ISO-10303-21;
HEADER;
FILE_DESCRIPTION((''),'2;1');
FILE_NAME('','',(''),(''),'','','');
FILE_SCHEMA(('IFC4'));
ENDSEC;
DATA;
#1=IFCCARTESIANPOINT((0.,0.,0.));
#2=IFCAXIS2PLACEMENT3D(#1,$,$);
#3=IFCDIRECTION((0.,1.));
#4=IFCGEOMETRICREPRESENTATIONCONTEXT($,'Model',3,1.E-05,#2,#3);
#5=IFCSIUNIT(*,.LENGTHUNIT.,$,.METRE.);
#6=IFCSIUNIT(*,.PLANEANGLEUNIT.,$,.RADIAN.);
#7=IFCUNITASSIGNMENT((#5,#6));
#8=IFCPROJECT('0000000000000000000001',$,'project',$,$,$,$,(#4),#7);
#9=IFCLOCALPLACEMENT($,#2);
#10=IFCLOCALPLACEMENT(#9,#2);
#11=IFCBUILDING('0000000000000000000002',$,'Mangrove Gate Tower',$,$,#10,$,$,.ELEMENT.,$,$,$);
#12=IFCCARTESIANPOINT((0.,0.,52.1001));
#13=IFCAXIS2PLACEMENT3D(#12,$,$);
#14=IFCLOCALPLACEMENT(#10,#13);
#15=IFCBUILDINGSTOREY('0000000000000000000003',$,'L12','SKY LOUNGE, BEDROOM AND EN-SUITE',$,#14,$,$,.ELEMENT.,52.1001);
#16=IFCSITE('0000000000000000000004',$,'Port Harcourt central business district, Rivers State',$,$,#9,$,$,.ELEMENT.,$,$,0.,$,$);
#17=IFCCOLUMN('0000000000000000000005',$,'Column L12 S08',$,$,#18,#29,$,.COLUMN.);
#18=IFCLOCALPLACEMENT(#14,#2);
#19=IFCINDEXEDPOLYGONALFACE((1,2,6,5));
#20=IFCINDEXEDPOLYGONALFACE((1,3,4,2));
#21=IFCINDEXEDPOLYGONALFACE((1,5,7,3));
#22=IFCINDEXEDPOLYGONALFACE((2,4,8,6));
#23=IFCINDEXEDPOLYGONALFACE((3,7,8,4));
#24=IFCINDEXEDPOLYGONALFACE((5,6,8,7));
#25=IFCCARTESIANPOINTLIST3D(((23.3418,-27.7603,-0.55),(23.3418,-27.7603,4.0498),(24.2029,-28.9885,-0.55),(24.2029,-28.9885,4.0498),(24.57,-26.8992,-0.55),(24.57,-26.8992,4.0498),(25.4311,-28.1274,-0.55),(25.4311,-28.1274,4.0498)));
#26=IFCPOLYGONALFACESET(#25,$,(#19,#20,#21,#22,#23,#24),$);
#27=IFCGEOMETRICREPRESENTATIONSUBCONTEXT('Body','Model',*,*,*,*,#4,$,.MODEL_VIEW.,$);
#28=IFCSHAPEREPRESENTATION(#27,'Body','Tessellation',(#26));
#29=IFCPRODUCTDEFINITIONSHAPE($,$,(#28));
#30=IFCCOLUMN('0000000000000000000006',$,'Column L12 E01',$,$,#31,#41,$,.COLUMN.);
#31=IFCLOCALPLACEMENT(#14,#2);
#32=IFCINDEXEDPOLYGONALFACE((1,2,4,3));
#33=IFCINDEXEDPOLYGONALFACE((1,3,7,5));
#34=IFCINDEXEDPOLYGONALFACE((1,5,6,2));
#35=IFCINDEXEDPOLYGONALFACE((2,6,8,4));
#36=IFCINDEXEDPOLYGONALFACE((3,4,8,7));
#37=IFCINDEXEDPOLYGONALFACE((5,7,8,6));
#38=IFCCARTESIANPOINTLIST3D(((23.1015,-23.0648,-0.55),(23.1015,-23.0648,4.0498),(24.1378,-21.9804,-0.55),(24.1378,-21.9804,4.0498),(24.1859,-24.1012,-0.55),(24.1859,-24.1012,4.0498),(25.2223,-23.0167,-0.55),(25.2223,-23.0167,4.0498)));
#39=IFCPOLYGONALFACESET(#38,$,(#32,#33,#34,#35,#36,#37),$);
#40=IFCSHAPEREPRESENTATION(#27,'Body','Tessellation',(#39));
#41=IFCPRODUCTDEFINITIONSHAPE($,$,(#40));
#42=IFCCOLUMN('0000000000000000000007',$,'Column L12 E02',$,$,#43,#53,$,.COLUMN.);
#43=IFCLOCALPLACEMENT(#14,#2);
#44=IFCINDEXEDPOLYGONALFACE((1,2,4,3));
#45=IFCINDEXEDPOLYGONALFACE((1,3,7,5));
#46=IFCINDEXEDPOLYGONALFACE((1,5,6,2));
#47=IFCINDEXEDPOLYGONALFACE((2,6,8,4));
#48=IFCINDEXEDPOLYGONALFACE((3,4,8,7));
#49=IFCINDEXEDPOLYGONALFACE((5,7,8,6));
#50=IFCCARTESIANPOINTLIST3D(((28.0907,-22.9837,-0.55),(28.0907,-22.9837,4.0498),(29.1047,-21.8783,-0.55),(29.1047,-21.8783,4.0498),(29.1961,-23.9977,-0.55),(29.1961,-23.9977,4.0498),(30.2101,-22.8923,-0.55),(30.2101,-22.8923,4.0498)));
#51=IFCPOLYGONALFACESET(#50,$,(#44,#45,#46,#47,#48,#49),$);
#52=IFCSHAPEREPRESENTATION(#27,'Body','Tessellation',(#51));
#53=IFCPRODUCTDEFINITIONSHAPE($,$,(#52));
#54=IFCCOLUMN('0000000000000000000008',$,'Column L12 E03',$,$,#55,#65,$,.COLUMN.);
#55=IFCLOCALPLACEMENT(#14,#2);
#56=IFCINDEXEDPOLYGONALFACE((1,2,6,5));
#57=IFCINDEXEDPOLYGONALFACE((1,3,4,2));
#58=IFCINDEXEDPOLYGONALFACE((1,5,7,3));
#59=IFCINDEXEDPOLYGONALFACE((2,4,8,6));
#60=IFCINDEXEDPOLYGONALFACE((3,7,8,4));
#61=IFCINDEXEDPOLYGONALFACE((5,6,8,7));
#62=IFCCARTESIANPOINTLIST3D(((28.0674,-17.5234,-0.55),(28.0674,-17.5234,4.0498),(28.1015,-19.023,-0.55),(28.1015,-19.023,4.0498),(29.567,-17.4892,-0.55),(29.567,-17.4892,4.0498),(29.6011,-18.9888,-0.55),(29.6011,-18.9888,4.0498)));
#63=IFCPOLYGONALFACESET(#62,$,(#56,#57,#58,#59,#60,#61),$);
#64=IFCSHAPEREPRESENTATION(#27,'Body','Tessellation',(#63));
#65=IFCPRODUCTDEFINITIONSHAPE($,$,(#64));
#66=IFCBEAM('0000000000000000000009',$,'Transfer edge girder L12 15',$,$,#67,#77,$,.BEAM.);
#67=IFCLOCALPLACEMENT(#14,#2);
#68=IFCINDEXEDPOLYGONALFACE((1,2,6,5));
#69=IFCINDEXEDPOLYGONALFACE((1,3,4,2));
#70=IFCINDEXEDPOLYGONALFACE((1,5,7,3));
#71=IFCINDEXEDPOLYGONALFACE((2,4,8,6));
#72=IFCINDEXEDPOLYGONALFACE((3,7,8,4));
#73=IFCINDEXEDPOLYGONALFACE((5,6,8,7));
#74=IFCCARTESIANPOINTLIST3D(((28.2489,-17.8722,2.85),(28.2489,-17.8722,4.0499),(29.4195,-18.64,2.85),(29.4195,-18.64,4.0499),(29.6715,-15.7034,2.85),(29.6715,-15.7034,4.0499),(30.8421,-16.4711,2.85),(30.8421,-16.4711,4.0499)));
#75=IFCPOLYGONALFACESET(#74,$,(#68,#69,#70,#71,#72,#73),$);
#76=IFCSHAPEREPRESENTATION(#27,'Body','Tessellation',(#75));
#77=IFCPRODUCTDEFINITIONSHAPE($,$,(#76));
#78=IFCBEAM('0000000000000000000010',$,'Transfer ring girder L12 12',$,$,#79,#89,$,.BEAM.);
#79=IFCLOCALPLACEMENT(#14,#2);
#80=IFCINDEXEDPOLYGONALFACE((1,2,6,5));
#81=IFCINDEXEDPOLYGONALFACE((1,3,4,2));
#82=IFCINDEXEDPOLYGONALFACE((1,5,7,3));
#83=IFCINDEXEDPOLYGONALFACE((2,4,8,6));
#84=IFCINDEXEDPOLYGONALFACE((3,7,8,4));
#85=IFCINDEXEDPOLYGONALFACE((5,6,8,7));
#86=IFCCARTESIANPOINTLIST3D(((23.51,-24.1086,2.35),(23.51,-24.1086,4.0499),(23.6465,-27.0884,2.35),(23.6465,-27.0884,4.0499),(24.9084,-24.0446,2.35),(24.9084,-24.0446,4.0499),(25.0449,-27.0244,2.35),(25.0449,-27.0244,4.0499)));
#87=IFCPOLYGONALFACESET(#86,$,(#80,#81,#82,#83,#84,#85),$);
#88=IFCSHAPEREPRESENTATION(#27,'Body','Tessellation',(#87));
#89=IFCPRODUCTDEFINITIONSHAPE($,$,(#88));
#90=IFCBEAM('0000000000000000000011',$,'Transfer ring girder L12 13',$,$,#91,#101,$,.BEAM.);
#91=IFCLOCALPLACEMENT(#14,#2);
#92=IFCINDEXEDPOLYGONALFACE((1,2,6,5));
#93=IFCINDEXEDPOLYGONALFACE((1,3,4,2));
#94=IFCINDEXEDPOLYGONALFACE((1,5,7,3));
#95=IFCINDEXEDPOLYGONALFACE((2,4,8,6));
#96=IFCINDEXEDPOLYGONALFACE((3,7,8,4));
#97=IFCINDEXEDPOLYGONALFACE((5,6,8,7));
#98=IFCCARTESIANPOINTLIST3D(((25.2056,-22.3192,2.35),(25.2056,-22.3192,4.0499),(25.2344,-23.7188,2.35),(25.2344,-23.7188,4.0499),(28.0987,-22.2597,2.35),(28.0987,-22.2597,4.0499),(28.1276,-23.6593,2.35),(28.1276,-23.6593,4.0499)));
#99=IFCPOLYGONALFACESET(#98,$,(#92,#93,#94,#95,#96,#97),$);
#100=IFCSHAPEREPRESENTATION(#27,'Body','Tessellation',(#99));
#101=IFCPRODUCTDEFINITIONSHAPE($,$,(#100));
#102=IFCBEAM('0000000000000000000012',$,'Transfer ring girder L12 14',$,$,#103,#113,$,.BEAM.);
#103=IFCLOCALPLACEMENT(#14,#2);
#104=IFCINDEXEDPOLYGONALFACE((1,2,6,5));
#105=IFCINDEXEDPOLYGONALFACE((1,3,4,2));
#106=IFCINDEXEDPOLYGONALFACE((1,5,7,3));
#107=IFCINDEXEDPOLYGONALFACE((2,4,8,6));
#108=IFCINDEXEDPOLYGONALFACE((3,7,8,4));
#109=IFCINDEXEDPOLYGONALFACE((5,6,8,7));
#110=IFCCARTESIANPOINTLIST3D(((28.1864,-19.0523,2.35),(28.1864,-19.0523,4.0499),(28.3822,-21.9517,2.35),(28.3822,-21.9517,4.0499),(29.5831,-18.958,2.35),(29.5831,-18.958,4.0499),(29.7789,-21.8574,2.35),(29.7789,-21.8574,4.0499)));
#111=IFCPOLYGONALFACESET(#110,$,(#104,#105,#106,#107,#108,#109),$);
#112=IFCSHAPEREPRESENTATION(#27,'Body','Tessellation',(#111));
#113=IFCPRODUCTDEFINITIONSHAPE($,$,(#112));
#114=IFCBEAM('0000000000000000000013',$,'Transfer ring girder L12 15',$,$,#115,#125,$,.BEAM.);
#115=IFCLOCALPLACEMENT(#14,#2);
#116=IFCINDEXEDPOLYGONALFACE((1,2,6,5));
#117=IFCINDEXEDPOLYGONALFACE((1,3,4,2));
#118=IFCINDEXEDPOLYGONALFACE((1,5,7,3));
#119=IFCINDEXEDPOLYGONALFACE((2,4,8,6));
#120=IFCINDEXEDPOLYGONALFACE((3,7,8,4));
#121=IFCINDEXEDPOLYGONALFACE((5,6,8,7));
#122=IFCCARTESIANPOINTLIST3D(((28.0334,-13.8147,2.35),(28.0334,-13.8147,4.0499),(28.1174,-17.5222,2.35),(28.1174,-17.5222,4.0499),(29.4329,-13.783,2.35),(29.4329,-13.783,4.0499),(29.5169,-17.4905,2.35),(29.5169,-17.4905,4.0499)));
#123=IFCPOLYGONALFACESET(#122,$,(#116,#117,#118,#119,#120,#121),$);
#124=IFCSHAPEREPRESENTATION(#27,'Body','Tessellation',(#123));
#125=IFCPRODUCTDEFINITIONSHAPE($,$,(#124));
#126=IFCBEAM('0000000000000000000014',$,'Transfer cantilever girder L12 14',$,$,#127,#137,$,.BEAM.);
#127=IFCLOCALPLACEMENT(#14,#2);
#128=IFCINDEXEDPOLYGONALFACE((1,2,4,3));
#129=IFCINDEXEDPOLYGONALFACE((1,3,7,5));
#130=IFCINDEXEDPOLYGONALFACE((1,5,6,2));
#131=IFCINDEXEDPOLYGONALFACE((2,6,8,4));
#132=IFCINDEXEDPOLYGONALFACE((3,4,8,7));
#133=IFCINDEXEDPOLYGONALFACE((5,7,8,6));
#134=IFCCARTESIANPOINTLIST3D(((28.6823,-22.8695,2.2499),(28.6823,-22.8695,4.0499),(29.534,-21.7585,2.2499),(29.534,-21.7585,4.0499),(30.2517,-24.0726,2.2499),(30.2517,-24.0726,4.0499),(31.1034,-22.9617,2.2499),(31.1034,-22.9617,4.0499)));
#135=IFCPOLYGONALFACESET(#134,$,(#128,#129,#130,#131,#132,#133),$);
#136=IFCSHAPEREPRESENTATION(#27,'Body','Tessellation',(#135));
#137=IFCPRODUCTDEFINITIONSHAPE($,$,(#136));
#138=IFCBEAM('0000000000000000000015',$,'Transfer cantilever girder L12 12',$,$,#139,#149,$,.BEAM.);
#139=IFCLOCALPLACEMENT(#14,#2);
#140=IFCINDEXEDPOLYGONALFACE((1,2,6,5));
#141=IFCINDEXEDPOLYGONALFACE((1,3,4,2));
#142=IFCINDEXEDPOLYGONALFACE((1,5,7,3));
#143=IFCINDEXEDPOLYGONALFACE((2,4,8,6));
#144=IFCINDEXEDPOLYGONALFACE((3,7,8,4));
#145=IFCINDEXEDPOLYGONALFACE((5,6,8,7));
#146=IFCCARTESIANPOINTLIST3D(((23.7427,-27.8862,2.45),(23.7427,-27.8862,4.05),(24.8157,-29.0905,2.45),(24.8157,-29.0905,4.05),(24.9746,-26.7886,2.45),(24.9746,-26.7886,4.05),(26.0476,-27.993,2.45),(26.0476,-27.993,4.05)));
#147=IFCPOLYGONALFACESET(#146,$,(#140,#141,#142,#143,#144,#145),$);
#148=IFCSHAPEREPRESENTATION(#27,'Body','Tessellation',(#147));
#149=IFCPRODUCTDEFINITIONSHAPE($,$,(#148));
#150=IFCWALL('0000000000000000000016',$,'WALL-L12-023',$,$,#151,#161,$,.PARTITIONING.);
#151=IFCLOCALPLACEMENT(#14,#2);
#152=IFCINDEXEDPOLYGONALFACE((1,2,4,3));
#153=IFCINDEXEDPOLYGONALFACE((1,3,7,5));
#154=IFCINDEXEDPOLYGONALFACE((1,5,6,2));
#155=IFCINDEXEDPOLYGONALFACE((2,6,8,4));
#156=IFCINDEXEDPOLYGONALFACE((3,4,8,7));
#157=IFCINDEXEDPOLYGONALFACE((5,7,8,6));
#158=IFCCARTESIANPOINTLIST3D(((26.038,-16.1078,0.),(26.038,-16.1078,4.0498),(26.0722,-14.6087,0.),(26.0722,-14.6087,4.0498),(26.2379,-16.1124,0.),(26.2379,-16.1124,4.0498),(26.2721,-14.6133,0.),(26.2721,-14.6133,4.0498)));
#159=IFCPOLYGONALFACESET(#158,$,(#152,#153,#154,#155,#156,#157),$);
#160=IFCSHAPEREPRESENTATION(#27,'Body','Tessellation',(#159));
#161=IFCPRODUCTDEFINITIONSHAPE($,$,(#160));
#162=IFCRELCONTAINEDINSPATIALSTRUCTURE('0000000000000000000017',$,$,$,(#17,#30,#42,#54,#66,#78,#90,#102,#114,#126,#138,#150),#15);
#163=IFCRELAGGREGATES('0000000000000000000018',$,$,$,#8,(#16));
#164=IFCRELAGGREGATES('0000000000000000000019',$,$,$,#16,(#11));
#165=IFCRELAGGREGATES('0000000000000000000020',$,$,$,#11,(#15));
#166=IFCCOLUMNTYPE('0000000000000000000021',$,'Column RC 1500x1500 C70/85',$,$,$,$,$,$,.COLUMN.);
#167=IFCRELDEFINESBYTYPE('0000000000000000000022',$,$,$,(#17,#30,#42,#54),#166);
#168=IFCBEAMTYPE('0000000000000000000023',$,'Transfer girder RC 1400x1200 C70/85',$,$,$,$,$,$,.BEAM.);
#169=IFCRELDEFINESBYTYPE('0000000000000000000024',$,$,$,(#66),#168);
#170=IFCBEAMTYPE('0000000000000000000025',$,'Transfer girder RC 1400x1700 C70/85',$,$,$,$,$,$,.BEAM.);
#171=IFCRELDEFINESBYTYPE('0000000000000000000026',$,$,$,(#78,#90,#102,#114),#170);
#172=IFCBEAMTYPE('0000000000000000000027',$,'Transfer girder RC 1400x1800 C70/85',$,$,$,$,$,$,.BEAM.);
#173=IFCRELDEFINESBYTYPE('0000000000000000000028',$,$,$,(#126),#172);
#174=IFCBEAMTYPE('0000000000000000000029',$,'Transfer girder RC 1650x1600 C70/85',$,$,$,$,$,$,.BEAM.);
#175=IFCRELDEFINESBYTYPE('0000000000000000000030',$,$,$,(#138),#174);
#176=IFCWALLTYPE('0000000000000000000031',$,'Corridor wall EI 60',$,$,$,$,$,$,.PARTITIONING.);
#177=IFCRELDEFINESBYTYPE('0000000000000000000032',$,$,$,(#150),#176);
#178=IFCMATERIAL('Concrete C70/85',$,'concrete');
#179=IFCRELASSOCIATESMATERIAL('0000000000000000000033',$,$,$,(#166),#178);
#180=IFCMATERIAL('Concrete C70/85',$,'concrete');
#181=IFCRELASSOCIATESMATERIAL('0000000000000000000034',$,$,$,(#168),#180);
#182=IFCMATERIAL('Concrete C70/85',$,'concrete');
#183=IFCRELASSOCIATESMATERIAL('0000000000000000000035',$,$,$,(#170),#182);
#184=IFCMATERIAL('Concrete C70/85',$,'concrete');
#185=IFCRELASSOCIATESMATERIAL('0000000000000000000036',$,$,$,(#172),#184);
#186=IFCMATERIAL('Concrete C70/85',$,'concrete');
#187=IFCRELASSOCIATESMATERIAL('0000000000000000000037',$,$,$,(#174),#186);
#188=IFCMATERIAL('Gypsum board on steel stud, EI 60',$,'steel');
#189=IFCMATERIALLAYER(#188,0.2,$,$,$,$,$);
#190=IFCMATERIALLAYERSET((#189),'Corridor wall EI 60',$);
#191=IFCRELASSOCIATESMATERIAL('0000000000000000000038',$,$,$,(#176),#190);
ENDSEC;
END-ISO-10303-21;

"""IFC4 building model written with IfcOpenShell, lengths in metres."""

from ifc_helpers import new_model, si_unit, direction, frame, frame_2d, origin, origin_2d, place, context, subcontext, project, spatial, rectangle, extrude, material, layer, layer_set, material_profile, profile_set, type_object, element, save


model = new_model("IFC4")

# Units and contexts
model_context = context("Model", 3, precision=1e-05, world=origin(), true_north=direction((0.0, 1.0)))
body_context = subcontext(model_context, "Body", "Model", "MODEL_VIEW")
ifc_project = project(units=[si_unit("LENGTHUNIT", "METRE"), si_unit("PLANEANGLEUNIT", "RADIAN")], contexts=[model_context])

# Site, building, storey
site_placement = place(None, origin())
site = spatial("IfcSite", under=ifc_project, at=site_placement, Name="Port Harcourt central business district, Rivers State", CompositionType="ELEMENT", RefElevation=0.0)
building_placement = place(site_placement, origin())
building = spatial("IfcBuilding", under=site, at=building_placement, Name="Mangrove Gate Tower", CompositionType="ELEMENT")
storey_placement = place(building_placement, frame((0.0, 0.0, 52.1001)))
storey = spatial("IfcBuildingStorey", under=building, at=storey_placement, Name="L12", Description="SKY LOUNGE, BEDROOM AND EN-SUITE", CompositionType="ELEMENT", Elevation=52.1001)

# Columns
ifc_material_1 = material(Name="Concrete C70/85", Category="concrete")
ifc_material_profile_1 = material_profile(ifc_material_1, rectangle(XDim=1.5, YDim=1.5, at=origin_2d()))
ifc_profile_set_1 = profile_set([ifc_material_profile_1], Name="Concrete C70/85")
column_type = type_object("IfcColumnType", Name="Column RC 1500x1500 C70/85", PredefinedType="COLUMN", material=ifc_profile_set_1)
for number, where, z_axis, x_axis, name in (
    (1, (24.3865, -27.9438, -0.55), (0.0, 0.0, 1.0), (0.818799, 0.574081, 0.0), "Column L12 S08"),
    (2, (24.1619, -23.0408, -0.55), (0.0, 0.0, 1.0), (0.690876, 0.722973, 0.0), "Column L12 E01"),
    (3, (29.1504, -22.938, -0.55), (0.0, 0.0, 1.0), (0.675975, 0.736924, 0.0), "Column L12 E02"),
    (4, (28.8342, -18.2561, -0.55), (0.0, 0.0, 1.0), (-0.022754, 0.999741, 0.0), "Column L12 E03"),
):
    element("IfcColumn", number, at=place(storey_placement, frame(where, z_axis=z_axis, x_axis=x_axis)), inside=storey, type_object=column_type, Name=name, PredefinedType="COLUMN", context=body_context, shape_type="SweptSolid", body=[
        extrude(rectangle(XDim=1.5, YDim=1.5, at=origin_2d()), origin(), (0.0, 0.0, 1.0), 4.5999),
    ])

# Beams
ifc_material_2 = material(Name="Concrete C70/85", Category="concrete")
ifc_material_profile_2 = material_profile(ifc_material_2, rectangle(XDim=1.3999, YDim=1.2, at=origin_2d()))
ifc_profile_set_2 = profile_set([ifc_material_profile_2], Name="Concrete C70/85")
beam_type_1 = type_object("IfcBeamType", Name="Transfer girder RC 1400x1200 C70/85", PredefinedType="BEAM", material=ifc_profile_set_2)
beam_1_placement = place(storey_placement, frame((28.8342, -18.2561, 3.45), z_axis=(0.548451, 0.836183, 0.0), x_axis=(-0.836183, 0.548451, 0.0)))
element("IfcBeam", 5, at=beam_1_placement, inside=storey, type_object=beam_type_1, Name="Transfer edge girder L12 15", PredefinedType="BEAM", context=body_context, shape_type="SweptSolid", body=[
    extrude(rectangle(XDim=1.3999, YDim=1.2, at=origin_2d()), origin(), (0.0, 0.0, 1.0), 2.5938),
])
ifc_material_3 = material(Name="Concrete C70/85", Category="concrete")
ifc_material_profile_3 = material_profile(ifc_material_3, rectangle(XDim=1.3999, YDim=1.7, at=origin_2d()))
ifc_profile_set_3 = profile_set([ifc_material_profile_3], Name="Concrete C70/85")
beam_type_2 = type_object("IfcBeamType", Name="Transfer girder RC 1400x1700 C70/85", PredefinedType="BEAM", material=ifc_profile_set_3)
beam_2_placement = place(storey_placement, frame((24.3457, -27.0564, 3.2), z_axis=(-0.045753, 0.998953, 0.0), x_axis=(-0.998953, -0.045753, 0.0)))
element("IfcBeam", 6, at=beam_2_placement, inside=storey, type_object=beam_type_2, Name="Transfer ring girder L12 12", PredefinedType="BEAM", context=body_context, shape_type="SweptSolid", body=[
    extrude(rectangle(XDim=1.3999, YDim=1.7, at=origin_2d()), origin(), (0.0, 0.0, 1.0), 2.9829),
])
beam_3_placement = place(storey_placement, frame((25.22, -23.019, 3.2), z_axis=(0.999788, 0.020586, 0.0), x_axis=(-0.020586, 0.999788, 0.0)))
element("IfcBeam", 7, at=beam_3_placement, inside=storey, type_object=beam_type_2, Name="Transfer ring girder L12 13", PredefinedType="BEAM", context=body_context, shape_type="SweptSolid", body=[
    extrude(rectangle(XDim=1.3999, YDim=1.7, at=origin_2d()), origin(), (0.0, 0.0, 1.0), 2.8938),
])
beam_4_placement = place(storey_placement, frame((29.0806, -21.9045, 3.2), z_axis=(-0.067378, 0.997728, 0.0), x_axis=(-0.997728, -0.067378, 0.0)))
element("IfcBeam", 8, at=beam_4_placement, inside=storey, type_object=beam_type_2, Name="Transfer ring girder L12 14", PredefinedType="BEAM", context=body_context, shape_type="SweptSolid", body=[
    extrude(rectangle(XDim=1.3999, YDim=1.7, at=origin_2d()), origin(), (0.0, 0.0, 1.0), 2.906),
])
beam_5_placement = place(storey_placement, frame((28.8171, -17.5063, 3.2), z_axis=(-0.022647, 0.999744, 0.0), x_axis=(-0.999744, -0.022647, 0.0)))
element("IfcBeam", 9, at=beam_5_placement, inside=storey, type_object=beam_type_2, Name="Transfer ring girder L12 15", PredefinedType="BEAM", context=body_context, shape_type="SweptSolid", body=[
    extrude(rectangle(XDim=1.3999, YDim=1.7, at=origin_2d()), origin(), (0.0, 0.0, 1.0), 3.7085),
])
ifc_material_4 = material(Name="Concrete C70/85", Category="concrete")
ifc_material_profile_4 = material_profile(ifc_material_4, rectangle(XDim=1.3999, YDim=1.8, at=origin_2d()))
ifc_profile_set_4 = profile_set([ifc_material_profile_4], Name="Concrete C70/85")
beam_type_3 = type_object("IfcBeamType", Name="Transfer girder RC 1400x1800 C70/85", PredefinedType="BEAM", material=ifc_profile_set_4)
beam_6_placement = place(storey_placement, frame((29.1082, -22.314, 3.1499), z_axis=(0.793614, -0.608421, 0.0), x_axis=(0.608421, 0.793614, 0.0)))
element("IfcBeam", 10, at=beam_6_placement, inside=storey, type_object=beam_type_3, Name="Transfer cantilever girder L12 14", PredefinedType="BEAM", context=body_context, shape_type="SweptSolid", body=[
    extrude(rectangle(XDim=1.3999, YDim=1.8, at=origin_2d()), origin(), (0.0, 0.0, 1.0), 1.9775),
])
ifc_material_5 = material(Name="Concrete C70/85", Category="concrete")
ifc_material_profile_5 = material_profile(ifc_material_5, rectangle(XDim=1.6499, YDim=1.6001, at=origin_2d()))
ifc_profile_set_5 = profile_set([ifc_material_profile_5], Name="Concrete C70/85")
beam_type_4 = type_object("IfcBeamType", Name="Transfer girder RC 1650x1600 C70/85", PredefinedType="BEAM", material=ifc_profile_set_5)
beam_7_placement = place(storey_placement, frame((24.3586, -27.3374, 3.25), z_axis=(0.665218, -0.746649, 0.0), x_axis=(0.746649, 0.665218, 0.0)))
element("IfcBeam", 11, at=beam_7_placement, inside=storey, type_object=beam_type_4, Name="Transfer cantilever girder L12 12", PredefinedType="BEAM", context=body_context, shape_type="SweptSolid", body=[
    extrude(rectangle(XDim=1.6499, YDim=1.6001, at=origin_2d()), origin(), (0.0, 0.0, 1.0), 1.613),
])

# Wall
ifc_material_6 = material(Name="Gypsum board on steel stud, EI 60", Category="steel")
ifc_layer_1 = layer(ifc_material_6, 0.2)
ifc_layer_set_1 = layer_set([ifc_layer_1], Name="Corridor wall EI 60")
wall_type_1 = type_object("IfcWallType", Name="Corridor wall EI 60", PredefinedType="PARTITIONING", material=ifc_layer_set_1)
wall_1_placement = place(storey_placement, frame((26.1379, -16.1101, 0.0), z_axis=(0.0, 0.0, 1.0), x_axis=(0.022795, 0.99974, 0.0)))
element("IfcWall", 12, at=wall_1_placement, inside=storey, type_object=wall_type_1, Name="WALL-L12-023", PredefinedType="PARTITIONING", context=body_context, shape_type="SweptSolid", body=[
    extrude(rectangle(XDim=1.4995, YDim=0.2, at=frame_2d((0.7498, 0.0))), origin(), (0.0, 0.0, 1.0), 4.0498),
])

save(model, "model.ifc")
